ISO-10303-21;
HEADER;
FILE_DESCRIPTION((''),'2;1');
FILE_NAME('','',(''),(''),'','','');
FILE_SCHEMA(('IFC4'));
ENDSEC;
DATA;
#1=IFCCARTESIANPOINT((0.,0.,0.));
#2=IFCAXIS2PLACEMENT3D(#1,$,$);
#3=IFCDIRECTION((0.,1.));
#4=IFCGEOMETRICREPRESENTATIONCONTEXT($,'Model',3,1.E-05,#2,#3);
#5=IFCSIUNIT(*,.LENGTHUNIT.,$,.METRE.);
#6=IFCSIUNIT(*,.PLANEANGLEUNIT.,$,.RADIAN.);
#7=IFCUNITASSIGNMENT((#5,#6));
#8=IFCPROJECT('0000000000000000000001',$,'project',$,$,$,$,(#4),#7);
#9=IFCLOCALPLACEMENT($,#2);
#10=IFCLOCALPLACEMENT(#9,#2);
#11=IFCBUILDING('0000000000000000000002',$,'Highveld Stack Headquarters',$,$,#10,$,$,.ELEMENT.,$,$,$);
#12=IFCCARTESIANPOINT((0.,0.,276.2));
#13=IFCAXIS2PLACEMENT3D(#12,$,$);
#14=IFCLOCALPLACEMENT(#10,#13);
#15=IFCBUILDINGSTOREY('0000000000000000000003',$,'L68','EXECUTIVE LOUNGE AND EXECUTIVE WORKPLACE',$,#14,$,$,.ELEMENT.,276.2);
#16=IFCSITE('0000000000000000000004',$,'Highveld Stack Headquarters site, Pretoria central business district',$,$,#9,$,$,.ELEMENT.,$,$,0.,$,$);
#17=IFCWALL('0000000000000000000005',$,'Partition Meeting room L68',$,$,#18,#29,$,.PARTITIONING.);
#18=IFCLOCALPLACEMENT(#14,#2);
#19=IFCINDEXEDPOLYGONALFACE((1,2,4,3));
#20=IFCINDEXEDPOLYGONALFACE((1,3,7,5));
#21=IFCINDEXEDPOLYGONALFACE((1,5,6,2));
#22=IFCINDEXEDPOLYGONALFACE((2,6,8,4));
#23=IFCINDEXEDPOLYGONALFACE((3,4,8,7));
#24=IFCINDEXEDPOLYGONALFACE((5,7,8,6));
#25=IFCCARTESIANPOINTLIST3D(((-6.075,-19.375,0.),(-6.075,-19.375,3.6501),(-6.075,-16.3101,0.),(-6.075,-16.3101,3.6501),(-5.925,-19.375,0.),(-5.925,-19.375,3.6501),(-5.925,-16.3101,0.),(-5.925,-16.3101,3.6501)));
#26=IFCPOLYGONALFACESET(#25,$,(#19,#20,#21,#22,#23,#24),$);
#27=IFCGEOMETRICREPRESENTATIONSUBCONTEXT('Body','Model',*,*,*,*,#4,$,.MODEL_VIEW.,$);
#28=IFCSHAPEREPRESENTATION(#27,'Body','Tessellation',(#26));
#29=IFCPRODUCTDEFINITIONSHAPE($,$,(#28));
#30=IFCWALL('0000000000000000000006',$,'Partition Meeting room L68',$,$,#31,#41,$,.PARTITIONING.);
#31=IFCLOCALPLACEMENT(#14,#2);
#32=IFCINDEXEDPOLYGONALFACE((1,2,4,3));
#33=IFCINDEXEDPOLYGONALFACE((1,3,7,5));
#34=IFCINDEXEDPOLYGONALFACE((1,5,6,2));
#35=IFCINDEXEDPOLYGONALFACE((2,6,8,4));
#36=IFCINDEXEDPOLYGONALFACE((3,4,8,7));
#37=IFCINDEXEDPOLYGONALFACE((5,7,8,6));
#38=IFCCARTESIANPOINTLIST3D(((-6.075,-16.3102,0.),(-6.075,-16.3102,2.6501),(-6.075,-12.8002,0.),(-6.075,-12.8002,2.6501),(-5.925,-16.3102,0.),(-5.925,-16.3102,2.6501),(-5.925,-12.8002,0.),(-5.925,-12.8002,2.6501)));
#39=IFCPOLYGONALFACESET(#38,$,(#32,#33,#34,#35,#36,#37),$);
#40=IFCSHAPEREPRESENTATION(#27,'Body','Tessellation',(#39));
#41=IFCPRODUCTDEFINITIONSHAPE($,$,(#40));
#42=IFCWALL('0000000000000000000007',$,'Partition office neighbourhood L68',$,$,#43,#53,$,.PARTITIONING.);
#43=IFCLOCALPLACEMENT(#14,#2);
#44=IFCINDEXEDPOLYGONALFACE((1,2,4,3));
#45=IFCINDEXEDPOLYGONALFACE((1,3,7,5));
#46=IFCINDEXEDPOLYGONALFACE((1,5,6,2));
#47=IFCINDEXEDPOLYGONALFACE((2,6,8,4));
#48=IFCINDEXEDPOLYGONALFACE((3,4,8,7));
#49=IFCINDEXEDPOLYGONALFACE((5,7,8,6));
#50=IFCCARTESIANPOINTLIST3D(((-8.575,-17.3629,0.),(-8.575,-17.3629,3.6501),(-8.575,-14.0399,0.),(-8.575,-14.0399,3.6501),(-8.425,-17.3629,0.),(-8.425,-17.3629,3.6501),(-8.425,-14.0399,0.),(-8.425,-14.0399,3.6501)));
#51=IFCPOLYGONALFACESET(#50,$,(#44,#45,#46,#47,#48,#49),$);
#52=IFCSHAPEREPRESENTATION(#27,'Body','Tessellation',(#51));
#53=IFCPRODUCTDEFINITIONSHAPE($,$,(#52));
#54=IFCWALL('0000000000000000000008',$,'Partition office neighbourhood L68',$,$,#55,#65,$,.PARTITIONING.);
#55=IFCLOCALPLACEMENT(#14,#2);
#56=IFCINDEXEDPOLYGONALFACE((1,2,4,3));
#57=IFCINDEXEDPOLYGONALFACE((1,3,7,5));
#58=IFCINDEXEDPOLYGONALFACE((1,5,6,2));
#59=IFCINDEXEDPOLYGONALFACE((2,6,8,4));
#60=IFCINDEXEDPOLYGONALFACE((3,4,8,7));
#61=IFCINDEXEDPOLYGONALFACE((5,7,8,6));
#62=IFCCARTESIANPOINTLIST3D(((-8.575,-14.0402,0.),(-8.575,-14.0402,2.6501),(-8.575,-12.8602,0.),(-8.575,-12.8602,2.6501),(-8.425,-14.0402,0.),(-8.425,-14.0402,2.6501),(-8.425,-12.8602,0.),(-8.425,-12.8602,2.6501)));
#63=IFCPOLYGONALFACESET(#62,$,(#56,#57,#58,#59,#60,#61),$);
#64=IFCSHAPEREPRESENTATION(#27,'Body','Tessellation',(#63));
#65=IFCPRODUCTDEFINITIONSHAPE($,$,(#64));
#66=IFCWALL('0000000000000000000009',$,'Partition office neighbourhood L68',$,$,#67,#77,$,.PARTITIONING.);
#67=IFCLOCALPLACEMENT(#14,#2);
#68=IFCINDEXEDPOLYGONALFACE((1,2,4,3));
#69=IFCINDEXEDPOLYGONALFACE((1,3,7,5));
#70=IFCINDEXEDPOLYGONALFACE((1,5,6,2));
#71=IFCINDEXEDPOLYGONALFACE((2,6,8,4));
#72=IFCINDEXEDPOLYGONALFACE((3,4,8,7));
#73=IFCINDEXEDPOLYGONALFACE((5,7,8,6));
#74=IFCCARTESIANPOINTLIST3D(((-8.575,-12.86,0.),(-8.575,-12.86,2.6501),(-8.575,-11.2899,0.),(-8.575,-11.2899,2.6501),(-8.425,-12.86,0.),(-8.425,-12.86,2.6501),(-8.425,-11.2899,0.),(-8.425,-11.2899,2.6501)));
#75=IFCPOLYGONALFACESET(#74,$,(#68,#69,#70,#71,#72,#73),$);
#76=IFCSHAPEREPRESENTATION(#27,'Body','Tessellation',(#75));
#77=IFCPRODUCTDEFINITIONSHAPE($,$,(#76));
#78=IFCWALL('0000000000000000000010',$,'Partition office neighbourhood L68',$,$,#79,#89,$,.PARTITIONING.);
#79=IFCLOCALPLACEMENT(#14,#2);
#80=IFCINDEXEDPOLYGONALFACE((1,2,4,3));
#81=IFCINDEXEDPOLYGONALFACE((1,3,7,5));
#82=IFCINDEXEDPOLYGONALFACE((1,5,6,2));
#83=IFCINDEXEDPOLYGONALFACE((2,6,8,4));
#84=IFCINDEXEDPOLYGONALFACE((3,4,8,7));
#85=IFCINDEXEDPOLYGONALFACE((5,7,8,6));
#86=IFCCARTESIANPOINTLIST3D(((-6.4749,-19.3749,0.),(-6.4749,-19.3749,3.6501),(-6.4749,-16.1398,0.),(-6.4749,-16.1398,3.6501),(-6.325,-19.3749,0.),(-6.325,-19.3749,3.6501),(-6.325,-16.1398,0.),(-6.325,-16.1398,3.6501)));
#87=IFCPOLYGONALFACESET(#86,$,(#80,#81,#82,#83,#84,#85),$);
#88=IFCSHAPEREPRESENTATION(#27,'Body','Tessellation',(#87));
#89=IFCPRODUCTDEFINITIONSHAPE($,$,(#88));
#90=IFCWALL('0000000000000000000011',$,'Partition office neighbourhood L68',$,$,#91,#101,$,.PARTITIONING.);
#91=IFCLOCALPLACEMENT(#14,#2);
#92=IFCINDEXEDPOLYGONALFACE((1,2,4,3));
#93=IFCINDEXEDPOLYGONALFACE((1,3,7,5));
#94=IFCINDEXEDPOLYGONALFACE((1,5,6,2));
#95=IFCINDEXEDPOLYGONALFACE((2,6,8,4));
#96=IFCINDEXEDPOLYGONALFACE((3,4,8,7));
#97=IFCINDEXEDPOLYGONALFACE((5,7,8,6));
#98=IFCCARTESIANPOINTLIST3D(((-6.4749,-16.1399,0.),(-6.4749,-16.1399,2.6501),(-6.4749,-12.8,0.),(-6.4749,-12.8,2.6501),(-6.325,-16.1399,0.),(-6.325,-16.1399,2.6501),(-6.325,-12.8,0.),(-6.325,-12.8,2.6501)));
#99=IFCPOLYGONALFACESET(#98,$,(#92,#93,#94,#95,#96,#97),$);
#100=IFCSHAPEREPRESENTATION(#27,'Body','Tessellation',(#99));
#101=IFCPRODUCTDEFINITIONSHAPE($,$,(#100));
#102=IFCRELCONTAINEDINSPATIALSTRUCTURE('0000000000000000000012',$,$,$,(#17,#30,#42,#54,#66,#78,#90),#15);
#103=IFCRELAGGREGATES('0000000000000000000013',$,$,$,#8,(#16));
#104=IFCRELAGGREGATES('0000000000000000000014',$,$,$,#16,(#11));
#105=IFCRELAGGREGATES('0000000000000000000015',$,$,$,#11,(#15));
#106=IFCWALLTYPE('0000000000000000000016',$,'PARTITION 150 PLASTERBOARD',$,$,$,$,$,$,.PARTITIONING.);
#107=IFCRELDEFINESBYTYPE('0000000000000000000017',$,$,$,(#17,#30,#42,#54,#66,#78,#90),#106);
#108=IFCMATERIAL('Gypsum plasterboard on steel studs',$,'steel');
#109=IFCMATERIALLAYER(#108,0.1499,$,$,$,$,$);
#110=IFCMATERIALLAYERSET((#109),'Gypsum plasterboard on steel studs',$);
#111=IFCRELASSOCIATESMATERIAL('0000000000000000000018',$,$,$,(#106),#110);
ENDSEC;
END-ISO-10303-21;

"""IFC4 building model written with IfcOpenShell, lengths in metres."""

from ifc_helpers import new_model, si_unit, direction, frame, frame_2d, origin, place, context, subcontext, project, spatial, rectangle, extrude, material, layer, layer_set, type_object, element, save


model = new_model("IFC4")

# Units and contexts
model_context = context("Model", 3, precision=1e-05, world=origin(), true_north=direction((0.0, 1.0)))
body_context = subcontext(model_context, "Body", "Model", "MODEL_VIEW")
ifc_project = project(units=[si_unit("LENGTHUNIT", "METRE"), si_unit("PLANEANGLEUNIT", "RADIAN")], contexts=[model_context])

# Site, building, storey
site_placement = place(None, origin())
site = spatial("IfcSite", under=ifc_project, at=site_placement, Name="Highveld Stack Headquarters site, Pretoria central business district", CompositionType="ELEMENT", RefElevation=0.0)
building_placement = place(site_placement, origin())
building = spatial("IfcBuilding", under=site, at=building_placement, Name="Highveld Stack Headquarters", CompositionType="ELEMENT")
storey_placement = place(building_placement, frame((0.0, 0.0, 276.2)))
storey = spatial("IfcBuildingStorey", under=building, at=storey_placement, Name="L68", Description="EXECUTIVE LOUNGE AND EXECUTIVE WORKPLACE", CompositionType="ELEMENT", Elevation=276.2)

# Walls
ifc_material_1 = material(Name="Gypsum plasterboard on steel studs", Category="steel")
ifc_layer_1 = layer(ifc_material_1, 0.1499)
ifc_layer_set_1 = layer_set([ifc_layer_1], Name="Gypsum plasterboard on steel studs")
wall_type = type_object("IfcWallType", Name="PARTITION 150 PLASTERBOARD", PredefinedType="PARTITIONING", material=ifc_layer_set_1)
wall_1_placement = place(storey_placement, frame((-6.0, -19.375, 0.0), z_axis=(0.0, 0.0, 1.0), x_axis=(0.0, 1.0, 0.0)))
element("IfcWall", 1, at=wall_1_placement, inside=storey, type_object=wall_type, Name="Partition Meeting room L68", PredefinedType="PARTITIONING", context=body_context, shape_type="SweptSolid", body=[
    extrude(rectangle(XDim=3.0649, YDim=0.1499, at=frame_2d((1.5325, 0.0))), origin(), (0.0, 0.0, 1.0), 3.6501),
])
wall_2_placement = place(storey_placement, frame((-6.0, -16.3101, 0.0), z_axis=(0.0, 0.0, 1.0), x_axis=(0.0, 1.0, 0.0)))
element("IfcWall", 2, at=wall_2_placement, inside=storey, type_object=wall_type, Name="Partition Meeting room L68", PredefinedType="PARTITIONING", context=body_context, shape_type="SweptSolid", body=[
    extrude(rectangle(XDim=3.51, YDim=0.1499, at=frame_2d((1.7549, 0.0))), origin(), (0.0, 0.0, 1.0), 2.6501),
])
wall_3_placement = place(storey_placement, frame((-8.5, -17.363, 0.0), z_axis=(0.0, 0.0, 1.0), x_axis=(0.0, 1.0, 0.0)))
element("IfcWall", 3, at=wall_3_placement, inside=storey, type_object=wall_type, Name="Partition office neighbourhood L68", PredefinedType="PARTITIONING", context=body_context, shape_type="SweptSolid", body=[
    extrude(rectangle(XDim=3.323, YDim=0.1499, at=frame_2d((1.6616, 0.0))), origin(), (0.0, 0.0, 1.0), 3.6501),
])
wall_4_placement = place(storey_placement, frame((-8.5, -14.04, 0.0), z_axis=(0.0, 0.0, 1.0), x_axis=(0.0, 1.0, 0.0)))
element("IfcWall", 4, at=wall_4_placement, inside=storey, type_object=wall_type, Name="Partition office neighbourhood L68", PredefinedType="PARTITIONING", context=body_context, shape_type="SweptSolid", body=[
    extrude(rectangle(XDim=1.1799, YDim=0.1499, at=frame_2d((0.5898, 0.0))), origin(), (0.0, 0.0, 1.0), 2.6501),
])
wall_5_placement = place(storey_placement, frame((-8.5, -12.8601, 0.0), z_axis=(0.0, 0.0, 1.0), x_axis=(0.0, 1.0, 0.0)))
element("IfcWall", 5, at=wall_5_placement, inside=storey, type_object=wall_type, Name="Partition office neighbourhood L68", PredefinedType="PARTITIONING", context=body_context, shape_type="SweptSolid", body=[
    extrude(rectangle(XDim=1.5701, YDim=0.1499, at=frame_2d((0.7852, 0.0))), origin(), (0.0, 0.0, 1.0), 2.6501),
])
wall_6_placement = place(storey_placement, frame((-6.3999, -19.375, 0.0), z_axis=(0.0, 0.0, 1.0), x_axis=(0.0, 1.0, 0.0)))
element("IfcWall", 6, at=wall_6_placement, inside=storey, type_object=wall_type, Name="Partition office neighbourhood L68", PredefinedType="PARTITIONING", context=body_context, shape_type="SweptSolid", body=[
    extrude(rectangle(XDim=3.2351, YDim=0.1499, at=frame_2d((1.6177, 0.0))), origin(), (0.0, 0.0, 1.0), 3.6501),
])
wall_7_placement = place(storey_placement, frame((-6.3999, -16.1399, 0.0), z_axis=(0.0, 0.0, 1.0), x_axis=(0.0, 1.0, 0.0)))
element("IfcWall", 7, at=wall_7_placement, inside=storey, type_object=wall_type, Name="Partition office neighbourhood L68", PredefinedType="PARTITIONING", context=body_context, shape_type="SweptSolid", body=[
    extrude(rectangle(XDim=3.3398, YDim=0.1499, at=frame_2d((1.6699, 0.0))), origin(), (0.0, 0.0, 1.0), 2.6501),
])

save(model, "model.ifc")
